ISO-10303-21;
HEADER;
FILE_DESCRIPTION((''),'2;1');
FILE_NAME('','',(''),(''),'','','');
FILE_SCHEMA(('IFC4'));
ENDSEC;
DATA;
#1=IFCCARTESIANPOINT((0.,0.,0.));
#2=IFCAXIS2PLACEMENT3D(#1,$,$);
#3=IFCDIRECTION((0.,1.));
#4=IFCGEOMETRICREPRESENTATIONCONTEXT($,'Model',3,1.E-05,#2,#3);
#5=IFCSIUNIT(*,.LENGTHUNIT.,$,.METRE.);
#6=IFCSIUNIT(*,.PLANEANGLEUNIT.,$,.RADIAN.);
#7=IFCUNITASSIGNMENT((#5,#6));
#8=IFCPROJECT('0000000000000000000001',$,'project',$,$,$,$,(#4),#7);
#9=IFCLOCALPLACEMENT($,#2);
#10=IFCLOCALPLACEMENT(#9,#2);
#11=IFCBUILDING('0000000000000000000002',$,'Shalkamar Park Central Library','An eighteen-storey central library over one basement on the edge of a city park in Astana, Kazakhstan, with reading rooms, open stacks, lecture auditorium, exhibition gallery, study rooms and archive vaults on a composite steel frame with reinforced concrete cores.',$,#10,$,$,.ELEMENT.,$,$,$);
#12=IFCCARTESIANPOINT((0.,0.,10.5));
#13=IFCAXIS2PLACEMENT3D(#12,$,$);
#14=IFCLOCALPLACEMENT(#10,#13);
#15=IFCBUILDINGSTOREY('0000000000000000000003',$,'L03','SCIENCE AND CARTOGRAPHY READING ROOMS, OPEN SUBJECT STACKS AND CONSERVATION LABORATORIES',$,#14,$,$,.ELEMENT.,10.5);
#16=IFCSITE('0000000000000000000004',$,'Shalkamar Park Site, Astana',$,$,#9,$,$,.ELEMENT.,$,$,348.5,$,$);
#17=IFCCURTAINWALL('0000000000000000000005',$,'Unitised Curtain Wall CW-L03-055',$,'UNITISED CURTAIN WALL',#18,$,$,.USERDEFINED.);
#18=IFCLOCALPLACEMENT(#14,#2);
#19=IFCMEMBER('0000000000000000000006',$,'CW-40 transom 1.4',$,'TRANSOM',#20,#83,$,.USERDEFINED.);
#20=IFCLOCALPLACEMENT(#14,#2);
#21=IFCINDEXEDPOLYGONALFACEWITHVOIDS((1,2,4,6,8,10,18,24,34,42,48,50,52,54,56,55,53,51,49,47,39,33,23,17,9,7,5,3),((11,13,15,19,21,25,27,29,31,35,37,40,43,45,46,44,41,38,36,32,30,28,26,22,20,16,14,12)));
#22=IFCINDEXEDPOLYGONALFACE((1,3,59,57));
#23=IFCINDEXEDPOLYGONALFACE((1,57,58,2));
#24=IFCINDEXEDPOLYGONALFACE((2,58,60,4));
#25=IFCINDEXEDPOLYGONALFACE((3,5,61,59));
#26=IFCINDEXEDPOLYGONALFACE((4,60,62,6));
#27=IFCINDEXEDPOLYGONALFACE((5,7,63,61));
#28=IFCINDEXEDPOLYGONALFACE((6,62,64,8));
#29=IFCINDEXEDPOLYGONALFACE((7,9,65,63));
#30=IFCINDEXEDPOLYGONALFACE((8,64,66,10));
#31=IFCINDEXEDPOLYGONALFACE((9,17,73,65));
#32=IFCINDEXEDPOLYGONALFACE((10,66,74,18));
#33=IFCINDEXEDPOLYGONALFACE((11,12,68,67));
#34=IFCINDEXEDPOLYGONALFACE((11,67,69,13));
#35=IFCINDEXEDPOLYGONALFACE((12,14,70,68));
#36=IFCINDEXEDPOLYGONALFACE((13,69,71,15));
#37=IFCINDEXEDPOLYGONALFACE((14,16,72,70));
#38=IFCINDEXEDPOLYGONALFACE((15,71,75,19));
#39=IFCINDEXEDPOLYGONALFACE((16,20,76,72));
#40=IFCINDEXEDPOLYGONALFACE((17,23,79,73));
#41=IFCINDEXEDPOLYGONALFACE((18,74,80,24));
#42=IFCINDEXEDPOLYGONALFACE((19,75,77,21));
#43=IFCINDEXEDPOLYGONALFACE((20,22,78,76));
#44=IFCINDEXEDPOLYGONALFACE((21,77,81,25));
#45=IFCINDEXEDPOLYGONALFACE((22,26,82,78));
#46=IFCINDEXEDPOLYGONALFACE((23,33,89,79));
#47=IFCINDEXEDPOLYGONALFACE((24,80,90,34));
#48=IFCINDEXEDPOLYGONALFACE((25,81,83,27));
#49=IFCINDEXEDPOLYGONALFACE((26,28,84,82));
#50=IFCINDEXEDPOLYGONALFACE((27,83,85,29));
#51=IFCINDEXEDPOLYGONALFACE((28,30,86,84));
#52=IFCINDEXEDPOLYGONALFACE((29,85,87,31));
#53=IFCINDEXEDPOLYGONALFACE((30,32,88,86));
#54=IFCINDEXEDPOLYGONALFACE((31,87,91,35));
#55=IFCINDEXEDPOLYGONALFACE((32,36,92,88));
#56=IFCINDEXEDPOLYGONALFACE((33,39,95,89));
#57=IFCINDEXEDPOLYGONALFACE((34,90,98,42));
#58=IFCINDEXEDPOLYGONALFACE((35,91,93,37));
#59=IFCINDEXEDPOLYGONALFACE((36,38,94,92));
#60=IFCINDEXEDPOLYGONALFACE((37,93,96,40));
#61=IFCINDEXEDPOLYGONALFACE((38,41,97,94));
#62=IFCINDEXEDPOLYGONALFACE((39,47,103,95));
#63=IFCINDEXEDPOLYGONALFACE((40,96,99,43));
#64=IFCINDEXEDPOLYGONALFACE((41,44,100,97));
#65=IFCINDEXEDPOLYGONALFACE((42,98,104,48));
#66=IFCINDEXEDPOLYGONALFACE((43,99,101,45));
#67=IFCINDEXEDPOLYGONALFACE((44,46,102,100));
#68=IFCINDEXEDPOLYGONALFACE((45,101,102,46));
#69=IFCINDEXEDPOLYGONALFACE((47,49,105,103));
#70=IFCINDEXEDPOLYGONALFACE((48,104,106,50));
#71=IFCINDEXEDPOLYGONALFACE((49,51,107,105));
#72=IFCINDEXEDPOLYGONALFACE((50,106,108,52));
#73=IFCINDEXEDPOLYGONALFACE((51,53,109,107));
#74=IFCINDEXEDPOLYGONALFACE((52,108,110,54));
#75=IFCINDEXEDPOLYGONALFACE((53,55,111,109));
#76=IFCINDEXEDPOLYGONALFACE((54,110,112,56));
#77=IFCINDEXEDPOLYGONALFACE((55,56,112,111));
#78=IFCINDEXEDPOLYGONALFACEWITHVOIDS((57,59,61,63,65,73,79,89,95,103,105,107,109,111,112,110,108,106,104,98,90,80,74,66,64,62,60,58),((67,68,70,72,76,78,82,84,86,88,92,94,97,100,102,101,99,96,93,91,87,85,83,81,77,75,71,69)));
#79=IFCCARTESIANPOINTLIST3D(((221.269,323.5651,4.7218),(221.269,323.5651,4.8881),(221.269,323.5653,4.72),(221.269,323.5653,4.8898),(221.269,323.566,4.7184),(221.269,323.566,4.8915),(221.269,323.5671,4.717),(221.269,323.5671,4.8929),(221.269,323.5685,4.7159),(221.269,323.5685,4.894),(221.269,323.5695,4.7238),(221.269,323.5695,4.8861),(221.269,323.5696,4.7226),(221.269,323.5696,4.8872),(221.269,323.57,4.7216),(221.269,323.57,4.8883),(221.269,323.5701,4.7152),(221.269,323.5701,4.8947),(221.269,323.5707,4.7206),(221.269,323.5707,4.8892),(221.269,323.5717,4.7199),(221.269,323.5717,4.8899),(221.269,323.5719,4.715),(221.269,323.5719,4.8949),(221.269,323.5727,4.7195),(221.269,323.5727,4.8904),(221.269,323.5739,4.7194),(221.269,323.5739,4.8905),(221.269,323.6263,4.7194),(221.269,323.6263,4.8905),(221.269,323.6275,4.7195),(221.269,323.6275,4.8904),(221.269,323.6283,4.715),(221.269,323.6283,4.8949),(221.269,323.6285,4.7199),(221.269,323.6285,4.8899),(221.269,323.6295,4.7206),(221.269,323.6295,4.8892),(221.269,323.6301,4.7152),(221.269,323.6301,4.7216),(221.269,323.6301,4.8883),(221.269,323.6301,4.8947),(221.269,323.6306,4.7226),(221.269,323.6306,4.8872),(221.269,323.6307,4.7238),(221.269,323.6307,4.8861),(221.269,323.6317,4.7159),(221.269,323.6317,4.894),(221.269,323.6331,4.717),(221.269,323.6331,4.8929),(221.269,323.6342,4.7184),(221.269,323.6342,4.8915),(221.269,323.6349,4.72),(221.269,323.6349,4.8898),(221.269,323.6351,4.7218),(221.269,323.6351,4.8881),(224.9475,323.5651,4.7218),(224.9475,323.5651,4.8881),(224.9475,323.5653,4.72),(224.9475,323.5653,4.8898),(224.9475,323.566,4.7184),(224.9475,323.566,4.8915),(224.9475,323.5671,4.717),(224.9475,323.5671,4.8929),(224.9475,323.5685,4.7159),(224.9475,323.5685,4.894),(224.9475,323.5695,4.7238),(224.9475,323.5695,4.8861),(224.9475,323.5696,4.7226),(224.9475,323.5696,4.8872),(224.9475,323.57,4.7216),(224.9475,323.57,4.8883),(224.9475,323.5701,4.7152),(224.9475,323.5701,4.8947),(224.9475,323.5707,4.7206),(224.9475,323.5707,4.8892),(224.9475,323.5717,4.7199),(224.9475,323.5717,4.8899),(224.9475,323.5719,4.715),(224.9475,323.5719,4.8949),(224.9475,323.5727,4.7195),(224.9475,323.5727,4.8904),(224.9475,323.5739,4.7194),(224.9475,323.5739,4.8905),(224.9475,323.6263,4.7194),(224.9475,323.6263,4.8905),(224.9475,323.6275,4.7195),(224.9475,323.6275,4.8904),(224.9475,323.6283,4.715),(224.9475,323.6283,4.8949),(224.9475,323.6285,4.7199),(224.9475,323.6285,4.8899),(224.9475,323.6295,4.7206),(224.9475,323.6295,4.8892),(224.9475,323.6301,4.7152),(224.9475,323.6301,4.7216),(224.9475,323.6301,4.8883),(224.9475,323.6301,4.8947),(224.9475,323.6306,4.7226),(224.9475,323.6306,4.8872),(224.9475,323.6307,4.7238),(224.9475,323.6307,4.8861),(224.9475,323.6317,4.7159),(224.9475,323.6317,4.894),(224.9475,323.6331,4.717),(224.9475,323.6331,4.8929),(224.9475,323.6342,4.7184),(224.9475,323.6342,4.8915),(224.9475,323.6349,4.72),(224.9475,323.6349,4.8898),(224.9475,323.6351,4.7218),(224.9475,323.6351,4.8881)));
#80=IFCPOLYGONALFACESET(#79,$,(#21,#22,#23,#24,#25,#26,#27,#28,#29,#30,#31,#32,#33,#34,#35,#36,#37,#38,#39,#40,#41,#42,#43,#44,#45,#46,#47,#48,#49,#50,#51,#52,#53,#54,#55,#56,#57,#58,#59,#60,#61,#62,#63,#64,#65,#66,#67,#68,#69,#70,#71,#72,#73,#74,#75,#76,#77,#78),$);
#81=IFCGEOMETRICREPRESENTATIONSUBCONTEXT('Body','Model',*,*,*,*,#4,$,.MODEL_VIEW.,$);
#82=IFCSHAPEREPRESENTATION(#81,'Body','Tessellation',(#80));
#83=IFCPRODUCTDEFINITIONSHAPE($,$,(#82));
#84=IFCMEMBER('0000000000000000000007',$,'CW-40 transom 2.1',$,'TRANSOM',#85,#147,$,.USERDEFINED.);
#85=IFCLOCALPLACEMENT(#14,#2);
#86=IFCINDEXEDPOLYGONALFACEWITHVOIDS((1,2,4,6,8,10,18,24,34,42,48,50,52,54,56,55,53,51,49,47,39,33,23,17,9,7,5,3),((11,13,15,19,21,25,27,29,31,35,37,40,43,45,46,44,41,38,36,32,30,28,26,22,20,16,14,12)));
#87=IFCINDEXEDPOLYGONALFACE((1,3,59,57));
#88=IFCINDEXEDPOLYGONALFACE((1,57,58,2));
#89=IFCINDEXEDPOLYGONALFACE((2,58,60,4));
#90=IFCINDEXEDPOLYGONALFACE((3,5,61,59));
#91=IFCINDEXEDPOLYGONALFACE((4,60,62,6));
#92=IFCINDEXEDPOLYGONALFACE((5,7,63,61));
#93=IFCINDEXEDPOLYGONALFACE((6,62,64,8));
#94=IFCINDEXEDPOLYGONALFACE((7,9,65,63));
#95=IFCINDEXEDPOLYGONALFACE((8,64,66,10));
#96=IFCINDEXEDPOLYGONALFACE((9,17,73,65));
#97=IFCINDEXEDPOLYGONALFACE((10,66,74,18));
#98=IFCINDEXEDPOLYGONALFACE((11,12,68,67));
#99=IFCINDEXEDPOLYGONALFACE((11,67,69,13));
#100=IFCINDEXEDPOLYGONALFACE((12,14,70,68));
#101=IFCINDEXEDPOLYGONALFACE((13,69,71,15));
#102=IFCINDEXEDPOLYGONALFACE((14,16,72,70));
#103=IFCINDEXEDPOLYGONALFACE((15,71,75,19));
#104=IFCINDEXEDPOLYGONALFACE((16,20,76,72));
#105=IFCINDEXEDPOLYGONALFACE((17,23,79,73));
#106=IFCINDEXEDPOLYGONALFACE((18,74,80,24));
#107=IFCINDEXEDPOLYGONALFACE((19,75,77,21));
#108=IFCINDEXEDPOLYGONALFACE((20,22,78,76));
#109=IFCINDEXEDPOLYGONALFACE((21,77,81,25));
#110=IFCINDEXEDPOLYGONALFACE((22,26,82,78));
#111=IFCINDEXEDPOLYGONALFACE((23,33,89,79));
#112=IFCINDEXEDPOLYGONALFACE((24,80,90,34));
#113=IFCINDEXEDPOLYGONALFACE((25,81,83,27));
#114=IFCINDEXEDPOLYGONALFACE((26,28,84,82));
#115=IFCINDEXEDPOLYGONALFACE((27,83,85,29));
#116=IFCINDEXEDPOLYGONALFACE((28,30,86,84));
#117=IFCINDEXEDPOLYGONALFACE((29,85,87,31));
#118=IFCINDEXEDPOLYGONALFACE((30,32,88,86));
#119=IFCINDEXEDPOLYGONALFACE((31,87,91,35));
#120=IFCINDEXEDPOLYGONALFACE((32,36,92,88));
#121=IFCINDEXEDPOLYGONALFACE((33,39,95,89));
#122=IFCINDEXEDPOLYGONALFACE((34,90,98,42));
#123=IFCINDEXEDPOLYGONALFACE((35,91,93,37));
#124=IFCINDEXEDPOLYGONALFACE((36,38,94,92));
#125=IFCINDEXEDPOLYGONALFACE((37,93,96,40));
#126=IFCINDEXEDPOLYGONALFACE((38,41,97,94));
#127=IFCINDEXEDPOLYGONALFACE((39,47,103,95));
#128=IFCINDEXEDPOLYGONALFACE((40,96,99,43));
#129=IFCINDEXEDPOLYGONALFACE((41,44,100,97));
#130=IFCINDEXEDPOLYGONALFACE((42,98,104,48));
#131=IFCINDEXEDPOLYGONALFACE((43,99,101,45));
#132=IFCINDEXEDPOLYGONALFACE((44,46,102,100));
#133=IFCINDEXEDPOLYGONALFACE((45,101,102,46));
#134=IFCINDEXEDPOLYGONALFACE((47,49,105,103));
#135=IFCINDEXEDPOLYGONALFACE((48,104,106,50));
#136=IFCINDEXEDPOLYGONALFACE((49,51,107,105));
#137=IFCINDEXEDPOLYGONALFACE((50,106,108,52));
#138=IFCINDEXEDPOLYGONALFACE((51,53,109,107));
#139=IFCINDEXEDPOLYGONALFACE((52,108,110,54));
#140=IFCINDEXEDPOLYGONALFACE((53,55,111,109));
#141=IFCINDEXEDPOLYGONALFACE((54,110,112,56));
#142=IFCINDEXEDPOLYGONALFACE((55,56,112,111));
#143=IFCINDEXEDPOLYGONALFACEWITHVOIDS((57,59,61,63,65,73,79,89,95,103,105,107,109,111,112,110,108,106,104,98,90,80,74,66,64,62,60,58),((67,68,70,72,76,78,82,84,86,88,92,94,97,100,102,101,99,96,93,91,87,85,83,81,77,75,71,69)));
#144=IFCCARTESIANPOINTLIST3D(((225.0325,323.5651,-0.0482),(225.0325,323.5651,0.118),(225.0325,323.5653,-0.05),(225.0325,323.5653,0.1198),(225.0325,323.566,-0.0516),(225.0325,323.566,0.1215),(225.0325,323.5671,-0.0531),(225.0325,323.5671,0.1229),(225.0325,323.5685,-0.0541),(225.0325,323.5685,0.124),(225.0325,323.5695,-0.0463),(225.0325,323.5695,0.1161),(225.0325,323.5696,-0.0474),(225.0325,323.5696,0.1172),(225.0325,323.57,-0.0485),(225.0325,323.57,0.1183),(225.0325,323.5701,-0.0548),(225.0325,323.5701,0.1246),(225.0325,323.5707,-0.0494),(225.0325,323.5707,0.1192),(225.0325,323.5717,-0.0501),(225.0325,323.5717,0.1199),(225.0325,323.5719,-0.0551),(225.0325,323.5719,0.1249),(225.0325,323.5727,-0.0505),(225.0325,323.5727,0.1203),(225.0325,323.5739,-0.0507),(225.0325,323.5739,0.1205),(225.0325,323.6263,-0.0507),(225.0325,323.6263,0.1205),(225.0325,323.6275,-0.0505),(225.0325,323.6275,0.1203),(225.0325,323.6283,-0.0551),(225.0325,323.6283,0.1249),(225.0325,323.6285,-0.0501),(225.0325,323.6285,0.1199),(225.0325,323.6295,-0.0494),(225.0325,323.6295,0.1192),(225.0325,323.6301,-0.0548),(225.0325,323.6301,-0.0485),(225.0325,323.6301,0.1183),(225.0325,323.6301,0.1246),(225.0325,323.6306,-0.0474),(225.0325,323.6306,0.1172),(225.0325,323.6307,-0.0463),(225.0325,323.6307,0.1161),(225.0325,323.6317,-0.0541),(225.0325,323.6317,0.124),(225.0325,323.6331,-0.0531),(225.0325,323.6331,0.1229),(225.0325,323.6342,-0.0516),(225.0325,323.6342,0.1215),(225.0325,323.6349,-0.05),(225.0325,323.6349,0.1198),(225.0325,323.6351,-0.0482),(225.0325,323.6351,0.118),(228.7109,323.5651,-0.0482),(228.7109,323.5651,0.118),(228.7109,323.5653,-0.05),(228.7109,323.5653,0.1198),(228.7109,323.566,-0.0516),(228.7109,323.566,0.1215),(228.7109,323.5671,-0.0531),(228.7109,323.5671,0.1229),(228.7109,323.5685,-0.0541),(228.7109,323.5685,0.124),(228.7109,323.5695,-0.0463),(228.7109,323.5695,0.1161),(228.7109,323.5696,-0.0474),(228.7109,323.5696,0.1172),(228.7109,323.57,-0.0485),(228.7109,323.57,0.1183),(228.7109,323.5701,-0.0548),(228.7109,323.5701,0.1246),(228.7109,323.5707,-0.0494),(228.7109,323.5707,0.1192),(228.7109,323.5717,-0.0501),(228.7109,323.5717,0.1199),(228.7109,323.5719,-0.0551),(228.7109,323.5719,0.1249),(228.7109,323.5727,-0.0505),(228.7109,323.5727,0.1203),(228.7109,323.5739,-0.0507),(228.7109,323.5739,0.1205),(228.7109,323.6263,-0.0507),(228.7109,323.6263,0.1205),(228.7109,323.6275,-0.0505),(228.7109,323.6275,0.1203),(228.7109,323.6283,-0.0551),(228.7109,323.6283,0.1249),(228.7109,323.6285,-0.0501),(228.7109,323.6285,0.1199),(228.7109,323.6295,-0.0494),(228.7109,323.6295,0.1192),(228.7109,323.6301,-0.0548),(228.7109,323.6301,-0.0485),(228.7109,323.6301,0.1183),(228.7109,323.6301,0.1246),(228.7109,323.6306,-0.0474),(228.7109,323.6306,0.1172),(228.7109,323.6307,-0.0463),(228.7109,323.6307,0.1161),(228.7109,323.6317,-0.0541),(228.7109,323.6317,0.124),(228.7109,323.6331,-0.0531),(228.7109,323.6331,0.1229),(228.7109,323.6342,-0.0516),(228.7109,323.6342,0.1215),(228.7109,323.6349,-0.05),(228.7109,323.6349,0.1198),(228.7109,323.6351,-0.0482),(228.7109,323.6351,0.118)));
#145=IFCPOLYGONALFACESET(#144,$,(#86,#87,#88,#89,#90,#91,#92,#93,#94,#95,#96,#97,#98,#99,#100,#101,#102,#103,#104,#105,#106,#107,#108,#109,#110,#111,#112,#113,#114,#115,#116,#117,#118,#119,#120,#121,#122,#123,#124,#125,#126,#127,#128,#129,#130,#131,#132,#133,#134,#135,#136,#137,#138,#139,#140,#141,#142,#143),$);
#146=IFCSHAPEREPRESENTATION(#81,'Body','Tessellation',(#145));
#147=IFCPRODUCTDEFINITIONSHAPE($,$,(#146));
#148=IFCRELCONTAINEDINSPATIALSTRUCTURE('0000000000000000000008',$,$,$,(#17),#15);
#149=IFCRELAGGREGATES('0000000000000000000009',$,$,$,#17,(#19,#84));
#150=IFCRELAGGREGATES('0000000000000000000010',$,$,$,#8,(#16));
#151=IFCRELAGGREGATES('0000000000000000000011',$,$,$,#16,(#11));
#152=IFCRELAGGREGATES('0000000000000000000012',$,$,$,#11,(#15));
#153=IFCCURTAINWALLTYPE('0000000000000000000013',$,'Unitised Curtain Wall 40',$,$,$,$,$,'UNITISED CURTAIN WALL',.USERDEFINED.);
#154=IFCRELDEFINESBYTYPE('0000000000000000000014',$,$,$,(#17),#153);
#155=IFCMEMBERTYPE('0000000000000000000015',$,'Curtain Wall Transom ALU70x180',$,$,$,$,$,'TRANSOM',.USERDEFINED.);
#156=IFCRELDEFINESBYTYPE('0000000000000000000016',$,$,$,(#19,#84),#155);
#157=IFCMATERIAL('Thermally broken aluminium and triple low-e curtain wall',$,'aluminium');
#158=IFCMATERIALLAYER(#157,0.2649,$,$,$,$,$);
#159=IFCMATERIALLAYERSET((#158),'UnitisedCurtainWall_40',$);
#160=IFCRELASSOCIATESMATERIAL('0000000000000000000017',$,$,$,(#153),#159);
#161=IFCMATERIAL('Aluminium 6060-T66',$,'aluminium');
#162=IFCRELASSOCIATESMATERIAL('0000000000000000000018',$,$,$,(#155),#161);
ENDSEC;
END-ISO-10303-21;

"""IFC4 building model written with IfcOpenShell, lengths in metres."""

from ifc_helpers import new_model, si_unit, direction, frame, origin, origin_2d, place, context, subcontext, project, spatial, hollow_rectangle, extrude, material, layer, layer_set, material_profile, profile_set, type_object, element, aggregate, save


model = new_model("IFC4")

# Units and contexts
model_context = context("Model", 3, precision=1e-05, world=origin(), true_north=direction((0.0, 1.0)))
body_context = subcontext(model_context, "Body", "Model", "MODEL_VIEW")
ifc_project = project(units=[si_unit("LENGTHUNIT", "METRE"), si_unit("PLANEANGLEUNIT", "RADIAN")], contexts=[model_context])

# Site, building, storey
site_placement = place(None, origin())
site = spatial("IfcSite", under=ifc_project, at=site_placement, Name="Shalkamar Park Site, Astana", CompositionType="ELEMENT", RefElevation=348.5)
building_placement = place(site_placement, origin())
building = spatial("IfcBuilding", under=site, at=building_placement, Name="Shalkamar Park Central Library", Description="An eighteen-storey central library over one basement on the edge of a city park in Astana, Kazakhstan, with reading rooms, open stacks, lecture auditorium, exhibition gallery, study rooms and archive vaults on a composite steel frame with reinforced concrete cores.", CompositionType="ELEMENT")
storey_placement = place(building_placement, frame((0.0, 0.0, 10.5)))
storey = spatial("IfcBuildingStorey", under=building, at=storey_placement, Name="L03", Description="SCIENCE AND CARTOGRAPHY READING ROOMS, OPEN SUBJECT STACKS AND CONSERVATION LABORATORIES", CompositionType="ELEMENT", Elevation=10.5)

# Curtain wall, members
ifc_material_1 = material(Name="Thermally broken aluminium and triple low-e curtain wall", Category="aluminium")
ifc_layer_1 = layer(ifc_material_1, 0.2649)
ifc_layer_set_1 = layer_set([ifc_layer_1], Name="UnitisedCurtainWall_40")
curtain_wall_type = type_object("IfcCurtainWallType", Name="Unitised Curtain Wall 40", ElementType="UNITISED CURTAIN WALL", PredefinedType="USERDEFINED", material=ifc_layer_set_1)
curtain_wall_placement = place(storey_placement, origin())
curtain_wall = element("IfcCurtainWall", 1, at=curtain_wall_placement, inside=storey, type_object=curtain_wall_type, Name="Unitised Curtain Wall CW-L03-055", ObjectType="UNITISED CURTAIN WALL", PredefinedType="USERDEFINED")
ifc_material_2 = material(Name="Aluminium 6060-T66", Category="aluminium")
ifc_material_profile_1 = material_profile(ifc_material_2, hollow_rectangle(XDim=0.0701, YDim=0.1799, WallThickness=0.0044, InnerFilletRadius=0.0044, OuterFilletRadius=0.0068, at=origin_2d()), Name="ALU 70x180x4.5")
ifc_profile_set_1 = profile_set([ifc_material_profile_1], Name="Aluminium 6060-T66")
member_type_1 = type_object("IfcMemberType", Name="Curtain Wall Transom ALU70x180", ElementType="TRANSOM", PredefinedType="USERDEFINED", material=ifc_profile_set_1)
member_1_placement = place(storey_placement, frame((221.269, 323.6001, 4.8049), z_axis=(1.0, 0.0, 0.0), x_axis=(0.0, 1.0, 0.0)))
member_1 = element("IfcMember", 2, at=member_1_placement, type_object=member_type_1, Name="CW-40 transom 1.4", ObjectType="TRANSOM", PredefinedType="USERDEFINED", context=body_context, shape_type="SweptSolid", body=[
    extrude(hollow_rectangle(XDim=0.0701, YDim=0.1799, WallThickness=0.0044, InnerFilletRadius=0.0044, OuterFilletRadius=0.0068, at=origin_2d()), origin(), (0.0, 0.0, 1.0), 3.6785),
])
member_2_placement = place(storey_placement, frame((225.0325, 323.6001, 0.0349), z_axis=(1.0, 0.0, 0.0), x_axis=(0.0, 1.0, 0.0)))
member_2 = element("IfcMember", 3, at=member_2_placement, type_object=member_type_1, Name="CW-40 transom 2.1", ObjectType="TRANSOM", PredefinedType="USERDEFINED", context=body_context, shape_type="SweptSolid", body=[
    extrude(hollow_rectangle(XDim=0.0701, YDim=0.1799, WallThickness=0.0044, InnerFilletRadius=0.0044, OuterFilletRadius=0.0068, at=origin_2d()), origin(), (0.0, 0.0, 1.0), 3.6785),
])

aggregate(curtain_wall, [member_1, member_2])

save(model, "model.ifc")
